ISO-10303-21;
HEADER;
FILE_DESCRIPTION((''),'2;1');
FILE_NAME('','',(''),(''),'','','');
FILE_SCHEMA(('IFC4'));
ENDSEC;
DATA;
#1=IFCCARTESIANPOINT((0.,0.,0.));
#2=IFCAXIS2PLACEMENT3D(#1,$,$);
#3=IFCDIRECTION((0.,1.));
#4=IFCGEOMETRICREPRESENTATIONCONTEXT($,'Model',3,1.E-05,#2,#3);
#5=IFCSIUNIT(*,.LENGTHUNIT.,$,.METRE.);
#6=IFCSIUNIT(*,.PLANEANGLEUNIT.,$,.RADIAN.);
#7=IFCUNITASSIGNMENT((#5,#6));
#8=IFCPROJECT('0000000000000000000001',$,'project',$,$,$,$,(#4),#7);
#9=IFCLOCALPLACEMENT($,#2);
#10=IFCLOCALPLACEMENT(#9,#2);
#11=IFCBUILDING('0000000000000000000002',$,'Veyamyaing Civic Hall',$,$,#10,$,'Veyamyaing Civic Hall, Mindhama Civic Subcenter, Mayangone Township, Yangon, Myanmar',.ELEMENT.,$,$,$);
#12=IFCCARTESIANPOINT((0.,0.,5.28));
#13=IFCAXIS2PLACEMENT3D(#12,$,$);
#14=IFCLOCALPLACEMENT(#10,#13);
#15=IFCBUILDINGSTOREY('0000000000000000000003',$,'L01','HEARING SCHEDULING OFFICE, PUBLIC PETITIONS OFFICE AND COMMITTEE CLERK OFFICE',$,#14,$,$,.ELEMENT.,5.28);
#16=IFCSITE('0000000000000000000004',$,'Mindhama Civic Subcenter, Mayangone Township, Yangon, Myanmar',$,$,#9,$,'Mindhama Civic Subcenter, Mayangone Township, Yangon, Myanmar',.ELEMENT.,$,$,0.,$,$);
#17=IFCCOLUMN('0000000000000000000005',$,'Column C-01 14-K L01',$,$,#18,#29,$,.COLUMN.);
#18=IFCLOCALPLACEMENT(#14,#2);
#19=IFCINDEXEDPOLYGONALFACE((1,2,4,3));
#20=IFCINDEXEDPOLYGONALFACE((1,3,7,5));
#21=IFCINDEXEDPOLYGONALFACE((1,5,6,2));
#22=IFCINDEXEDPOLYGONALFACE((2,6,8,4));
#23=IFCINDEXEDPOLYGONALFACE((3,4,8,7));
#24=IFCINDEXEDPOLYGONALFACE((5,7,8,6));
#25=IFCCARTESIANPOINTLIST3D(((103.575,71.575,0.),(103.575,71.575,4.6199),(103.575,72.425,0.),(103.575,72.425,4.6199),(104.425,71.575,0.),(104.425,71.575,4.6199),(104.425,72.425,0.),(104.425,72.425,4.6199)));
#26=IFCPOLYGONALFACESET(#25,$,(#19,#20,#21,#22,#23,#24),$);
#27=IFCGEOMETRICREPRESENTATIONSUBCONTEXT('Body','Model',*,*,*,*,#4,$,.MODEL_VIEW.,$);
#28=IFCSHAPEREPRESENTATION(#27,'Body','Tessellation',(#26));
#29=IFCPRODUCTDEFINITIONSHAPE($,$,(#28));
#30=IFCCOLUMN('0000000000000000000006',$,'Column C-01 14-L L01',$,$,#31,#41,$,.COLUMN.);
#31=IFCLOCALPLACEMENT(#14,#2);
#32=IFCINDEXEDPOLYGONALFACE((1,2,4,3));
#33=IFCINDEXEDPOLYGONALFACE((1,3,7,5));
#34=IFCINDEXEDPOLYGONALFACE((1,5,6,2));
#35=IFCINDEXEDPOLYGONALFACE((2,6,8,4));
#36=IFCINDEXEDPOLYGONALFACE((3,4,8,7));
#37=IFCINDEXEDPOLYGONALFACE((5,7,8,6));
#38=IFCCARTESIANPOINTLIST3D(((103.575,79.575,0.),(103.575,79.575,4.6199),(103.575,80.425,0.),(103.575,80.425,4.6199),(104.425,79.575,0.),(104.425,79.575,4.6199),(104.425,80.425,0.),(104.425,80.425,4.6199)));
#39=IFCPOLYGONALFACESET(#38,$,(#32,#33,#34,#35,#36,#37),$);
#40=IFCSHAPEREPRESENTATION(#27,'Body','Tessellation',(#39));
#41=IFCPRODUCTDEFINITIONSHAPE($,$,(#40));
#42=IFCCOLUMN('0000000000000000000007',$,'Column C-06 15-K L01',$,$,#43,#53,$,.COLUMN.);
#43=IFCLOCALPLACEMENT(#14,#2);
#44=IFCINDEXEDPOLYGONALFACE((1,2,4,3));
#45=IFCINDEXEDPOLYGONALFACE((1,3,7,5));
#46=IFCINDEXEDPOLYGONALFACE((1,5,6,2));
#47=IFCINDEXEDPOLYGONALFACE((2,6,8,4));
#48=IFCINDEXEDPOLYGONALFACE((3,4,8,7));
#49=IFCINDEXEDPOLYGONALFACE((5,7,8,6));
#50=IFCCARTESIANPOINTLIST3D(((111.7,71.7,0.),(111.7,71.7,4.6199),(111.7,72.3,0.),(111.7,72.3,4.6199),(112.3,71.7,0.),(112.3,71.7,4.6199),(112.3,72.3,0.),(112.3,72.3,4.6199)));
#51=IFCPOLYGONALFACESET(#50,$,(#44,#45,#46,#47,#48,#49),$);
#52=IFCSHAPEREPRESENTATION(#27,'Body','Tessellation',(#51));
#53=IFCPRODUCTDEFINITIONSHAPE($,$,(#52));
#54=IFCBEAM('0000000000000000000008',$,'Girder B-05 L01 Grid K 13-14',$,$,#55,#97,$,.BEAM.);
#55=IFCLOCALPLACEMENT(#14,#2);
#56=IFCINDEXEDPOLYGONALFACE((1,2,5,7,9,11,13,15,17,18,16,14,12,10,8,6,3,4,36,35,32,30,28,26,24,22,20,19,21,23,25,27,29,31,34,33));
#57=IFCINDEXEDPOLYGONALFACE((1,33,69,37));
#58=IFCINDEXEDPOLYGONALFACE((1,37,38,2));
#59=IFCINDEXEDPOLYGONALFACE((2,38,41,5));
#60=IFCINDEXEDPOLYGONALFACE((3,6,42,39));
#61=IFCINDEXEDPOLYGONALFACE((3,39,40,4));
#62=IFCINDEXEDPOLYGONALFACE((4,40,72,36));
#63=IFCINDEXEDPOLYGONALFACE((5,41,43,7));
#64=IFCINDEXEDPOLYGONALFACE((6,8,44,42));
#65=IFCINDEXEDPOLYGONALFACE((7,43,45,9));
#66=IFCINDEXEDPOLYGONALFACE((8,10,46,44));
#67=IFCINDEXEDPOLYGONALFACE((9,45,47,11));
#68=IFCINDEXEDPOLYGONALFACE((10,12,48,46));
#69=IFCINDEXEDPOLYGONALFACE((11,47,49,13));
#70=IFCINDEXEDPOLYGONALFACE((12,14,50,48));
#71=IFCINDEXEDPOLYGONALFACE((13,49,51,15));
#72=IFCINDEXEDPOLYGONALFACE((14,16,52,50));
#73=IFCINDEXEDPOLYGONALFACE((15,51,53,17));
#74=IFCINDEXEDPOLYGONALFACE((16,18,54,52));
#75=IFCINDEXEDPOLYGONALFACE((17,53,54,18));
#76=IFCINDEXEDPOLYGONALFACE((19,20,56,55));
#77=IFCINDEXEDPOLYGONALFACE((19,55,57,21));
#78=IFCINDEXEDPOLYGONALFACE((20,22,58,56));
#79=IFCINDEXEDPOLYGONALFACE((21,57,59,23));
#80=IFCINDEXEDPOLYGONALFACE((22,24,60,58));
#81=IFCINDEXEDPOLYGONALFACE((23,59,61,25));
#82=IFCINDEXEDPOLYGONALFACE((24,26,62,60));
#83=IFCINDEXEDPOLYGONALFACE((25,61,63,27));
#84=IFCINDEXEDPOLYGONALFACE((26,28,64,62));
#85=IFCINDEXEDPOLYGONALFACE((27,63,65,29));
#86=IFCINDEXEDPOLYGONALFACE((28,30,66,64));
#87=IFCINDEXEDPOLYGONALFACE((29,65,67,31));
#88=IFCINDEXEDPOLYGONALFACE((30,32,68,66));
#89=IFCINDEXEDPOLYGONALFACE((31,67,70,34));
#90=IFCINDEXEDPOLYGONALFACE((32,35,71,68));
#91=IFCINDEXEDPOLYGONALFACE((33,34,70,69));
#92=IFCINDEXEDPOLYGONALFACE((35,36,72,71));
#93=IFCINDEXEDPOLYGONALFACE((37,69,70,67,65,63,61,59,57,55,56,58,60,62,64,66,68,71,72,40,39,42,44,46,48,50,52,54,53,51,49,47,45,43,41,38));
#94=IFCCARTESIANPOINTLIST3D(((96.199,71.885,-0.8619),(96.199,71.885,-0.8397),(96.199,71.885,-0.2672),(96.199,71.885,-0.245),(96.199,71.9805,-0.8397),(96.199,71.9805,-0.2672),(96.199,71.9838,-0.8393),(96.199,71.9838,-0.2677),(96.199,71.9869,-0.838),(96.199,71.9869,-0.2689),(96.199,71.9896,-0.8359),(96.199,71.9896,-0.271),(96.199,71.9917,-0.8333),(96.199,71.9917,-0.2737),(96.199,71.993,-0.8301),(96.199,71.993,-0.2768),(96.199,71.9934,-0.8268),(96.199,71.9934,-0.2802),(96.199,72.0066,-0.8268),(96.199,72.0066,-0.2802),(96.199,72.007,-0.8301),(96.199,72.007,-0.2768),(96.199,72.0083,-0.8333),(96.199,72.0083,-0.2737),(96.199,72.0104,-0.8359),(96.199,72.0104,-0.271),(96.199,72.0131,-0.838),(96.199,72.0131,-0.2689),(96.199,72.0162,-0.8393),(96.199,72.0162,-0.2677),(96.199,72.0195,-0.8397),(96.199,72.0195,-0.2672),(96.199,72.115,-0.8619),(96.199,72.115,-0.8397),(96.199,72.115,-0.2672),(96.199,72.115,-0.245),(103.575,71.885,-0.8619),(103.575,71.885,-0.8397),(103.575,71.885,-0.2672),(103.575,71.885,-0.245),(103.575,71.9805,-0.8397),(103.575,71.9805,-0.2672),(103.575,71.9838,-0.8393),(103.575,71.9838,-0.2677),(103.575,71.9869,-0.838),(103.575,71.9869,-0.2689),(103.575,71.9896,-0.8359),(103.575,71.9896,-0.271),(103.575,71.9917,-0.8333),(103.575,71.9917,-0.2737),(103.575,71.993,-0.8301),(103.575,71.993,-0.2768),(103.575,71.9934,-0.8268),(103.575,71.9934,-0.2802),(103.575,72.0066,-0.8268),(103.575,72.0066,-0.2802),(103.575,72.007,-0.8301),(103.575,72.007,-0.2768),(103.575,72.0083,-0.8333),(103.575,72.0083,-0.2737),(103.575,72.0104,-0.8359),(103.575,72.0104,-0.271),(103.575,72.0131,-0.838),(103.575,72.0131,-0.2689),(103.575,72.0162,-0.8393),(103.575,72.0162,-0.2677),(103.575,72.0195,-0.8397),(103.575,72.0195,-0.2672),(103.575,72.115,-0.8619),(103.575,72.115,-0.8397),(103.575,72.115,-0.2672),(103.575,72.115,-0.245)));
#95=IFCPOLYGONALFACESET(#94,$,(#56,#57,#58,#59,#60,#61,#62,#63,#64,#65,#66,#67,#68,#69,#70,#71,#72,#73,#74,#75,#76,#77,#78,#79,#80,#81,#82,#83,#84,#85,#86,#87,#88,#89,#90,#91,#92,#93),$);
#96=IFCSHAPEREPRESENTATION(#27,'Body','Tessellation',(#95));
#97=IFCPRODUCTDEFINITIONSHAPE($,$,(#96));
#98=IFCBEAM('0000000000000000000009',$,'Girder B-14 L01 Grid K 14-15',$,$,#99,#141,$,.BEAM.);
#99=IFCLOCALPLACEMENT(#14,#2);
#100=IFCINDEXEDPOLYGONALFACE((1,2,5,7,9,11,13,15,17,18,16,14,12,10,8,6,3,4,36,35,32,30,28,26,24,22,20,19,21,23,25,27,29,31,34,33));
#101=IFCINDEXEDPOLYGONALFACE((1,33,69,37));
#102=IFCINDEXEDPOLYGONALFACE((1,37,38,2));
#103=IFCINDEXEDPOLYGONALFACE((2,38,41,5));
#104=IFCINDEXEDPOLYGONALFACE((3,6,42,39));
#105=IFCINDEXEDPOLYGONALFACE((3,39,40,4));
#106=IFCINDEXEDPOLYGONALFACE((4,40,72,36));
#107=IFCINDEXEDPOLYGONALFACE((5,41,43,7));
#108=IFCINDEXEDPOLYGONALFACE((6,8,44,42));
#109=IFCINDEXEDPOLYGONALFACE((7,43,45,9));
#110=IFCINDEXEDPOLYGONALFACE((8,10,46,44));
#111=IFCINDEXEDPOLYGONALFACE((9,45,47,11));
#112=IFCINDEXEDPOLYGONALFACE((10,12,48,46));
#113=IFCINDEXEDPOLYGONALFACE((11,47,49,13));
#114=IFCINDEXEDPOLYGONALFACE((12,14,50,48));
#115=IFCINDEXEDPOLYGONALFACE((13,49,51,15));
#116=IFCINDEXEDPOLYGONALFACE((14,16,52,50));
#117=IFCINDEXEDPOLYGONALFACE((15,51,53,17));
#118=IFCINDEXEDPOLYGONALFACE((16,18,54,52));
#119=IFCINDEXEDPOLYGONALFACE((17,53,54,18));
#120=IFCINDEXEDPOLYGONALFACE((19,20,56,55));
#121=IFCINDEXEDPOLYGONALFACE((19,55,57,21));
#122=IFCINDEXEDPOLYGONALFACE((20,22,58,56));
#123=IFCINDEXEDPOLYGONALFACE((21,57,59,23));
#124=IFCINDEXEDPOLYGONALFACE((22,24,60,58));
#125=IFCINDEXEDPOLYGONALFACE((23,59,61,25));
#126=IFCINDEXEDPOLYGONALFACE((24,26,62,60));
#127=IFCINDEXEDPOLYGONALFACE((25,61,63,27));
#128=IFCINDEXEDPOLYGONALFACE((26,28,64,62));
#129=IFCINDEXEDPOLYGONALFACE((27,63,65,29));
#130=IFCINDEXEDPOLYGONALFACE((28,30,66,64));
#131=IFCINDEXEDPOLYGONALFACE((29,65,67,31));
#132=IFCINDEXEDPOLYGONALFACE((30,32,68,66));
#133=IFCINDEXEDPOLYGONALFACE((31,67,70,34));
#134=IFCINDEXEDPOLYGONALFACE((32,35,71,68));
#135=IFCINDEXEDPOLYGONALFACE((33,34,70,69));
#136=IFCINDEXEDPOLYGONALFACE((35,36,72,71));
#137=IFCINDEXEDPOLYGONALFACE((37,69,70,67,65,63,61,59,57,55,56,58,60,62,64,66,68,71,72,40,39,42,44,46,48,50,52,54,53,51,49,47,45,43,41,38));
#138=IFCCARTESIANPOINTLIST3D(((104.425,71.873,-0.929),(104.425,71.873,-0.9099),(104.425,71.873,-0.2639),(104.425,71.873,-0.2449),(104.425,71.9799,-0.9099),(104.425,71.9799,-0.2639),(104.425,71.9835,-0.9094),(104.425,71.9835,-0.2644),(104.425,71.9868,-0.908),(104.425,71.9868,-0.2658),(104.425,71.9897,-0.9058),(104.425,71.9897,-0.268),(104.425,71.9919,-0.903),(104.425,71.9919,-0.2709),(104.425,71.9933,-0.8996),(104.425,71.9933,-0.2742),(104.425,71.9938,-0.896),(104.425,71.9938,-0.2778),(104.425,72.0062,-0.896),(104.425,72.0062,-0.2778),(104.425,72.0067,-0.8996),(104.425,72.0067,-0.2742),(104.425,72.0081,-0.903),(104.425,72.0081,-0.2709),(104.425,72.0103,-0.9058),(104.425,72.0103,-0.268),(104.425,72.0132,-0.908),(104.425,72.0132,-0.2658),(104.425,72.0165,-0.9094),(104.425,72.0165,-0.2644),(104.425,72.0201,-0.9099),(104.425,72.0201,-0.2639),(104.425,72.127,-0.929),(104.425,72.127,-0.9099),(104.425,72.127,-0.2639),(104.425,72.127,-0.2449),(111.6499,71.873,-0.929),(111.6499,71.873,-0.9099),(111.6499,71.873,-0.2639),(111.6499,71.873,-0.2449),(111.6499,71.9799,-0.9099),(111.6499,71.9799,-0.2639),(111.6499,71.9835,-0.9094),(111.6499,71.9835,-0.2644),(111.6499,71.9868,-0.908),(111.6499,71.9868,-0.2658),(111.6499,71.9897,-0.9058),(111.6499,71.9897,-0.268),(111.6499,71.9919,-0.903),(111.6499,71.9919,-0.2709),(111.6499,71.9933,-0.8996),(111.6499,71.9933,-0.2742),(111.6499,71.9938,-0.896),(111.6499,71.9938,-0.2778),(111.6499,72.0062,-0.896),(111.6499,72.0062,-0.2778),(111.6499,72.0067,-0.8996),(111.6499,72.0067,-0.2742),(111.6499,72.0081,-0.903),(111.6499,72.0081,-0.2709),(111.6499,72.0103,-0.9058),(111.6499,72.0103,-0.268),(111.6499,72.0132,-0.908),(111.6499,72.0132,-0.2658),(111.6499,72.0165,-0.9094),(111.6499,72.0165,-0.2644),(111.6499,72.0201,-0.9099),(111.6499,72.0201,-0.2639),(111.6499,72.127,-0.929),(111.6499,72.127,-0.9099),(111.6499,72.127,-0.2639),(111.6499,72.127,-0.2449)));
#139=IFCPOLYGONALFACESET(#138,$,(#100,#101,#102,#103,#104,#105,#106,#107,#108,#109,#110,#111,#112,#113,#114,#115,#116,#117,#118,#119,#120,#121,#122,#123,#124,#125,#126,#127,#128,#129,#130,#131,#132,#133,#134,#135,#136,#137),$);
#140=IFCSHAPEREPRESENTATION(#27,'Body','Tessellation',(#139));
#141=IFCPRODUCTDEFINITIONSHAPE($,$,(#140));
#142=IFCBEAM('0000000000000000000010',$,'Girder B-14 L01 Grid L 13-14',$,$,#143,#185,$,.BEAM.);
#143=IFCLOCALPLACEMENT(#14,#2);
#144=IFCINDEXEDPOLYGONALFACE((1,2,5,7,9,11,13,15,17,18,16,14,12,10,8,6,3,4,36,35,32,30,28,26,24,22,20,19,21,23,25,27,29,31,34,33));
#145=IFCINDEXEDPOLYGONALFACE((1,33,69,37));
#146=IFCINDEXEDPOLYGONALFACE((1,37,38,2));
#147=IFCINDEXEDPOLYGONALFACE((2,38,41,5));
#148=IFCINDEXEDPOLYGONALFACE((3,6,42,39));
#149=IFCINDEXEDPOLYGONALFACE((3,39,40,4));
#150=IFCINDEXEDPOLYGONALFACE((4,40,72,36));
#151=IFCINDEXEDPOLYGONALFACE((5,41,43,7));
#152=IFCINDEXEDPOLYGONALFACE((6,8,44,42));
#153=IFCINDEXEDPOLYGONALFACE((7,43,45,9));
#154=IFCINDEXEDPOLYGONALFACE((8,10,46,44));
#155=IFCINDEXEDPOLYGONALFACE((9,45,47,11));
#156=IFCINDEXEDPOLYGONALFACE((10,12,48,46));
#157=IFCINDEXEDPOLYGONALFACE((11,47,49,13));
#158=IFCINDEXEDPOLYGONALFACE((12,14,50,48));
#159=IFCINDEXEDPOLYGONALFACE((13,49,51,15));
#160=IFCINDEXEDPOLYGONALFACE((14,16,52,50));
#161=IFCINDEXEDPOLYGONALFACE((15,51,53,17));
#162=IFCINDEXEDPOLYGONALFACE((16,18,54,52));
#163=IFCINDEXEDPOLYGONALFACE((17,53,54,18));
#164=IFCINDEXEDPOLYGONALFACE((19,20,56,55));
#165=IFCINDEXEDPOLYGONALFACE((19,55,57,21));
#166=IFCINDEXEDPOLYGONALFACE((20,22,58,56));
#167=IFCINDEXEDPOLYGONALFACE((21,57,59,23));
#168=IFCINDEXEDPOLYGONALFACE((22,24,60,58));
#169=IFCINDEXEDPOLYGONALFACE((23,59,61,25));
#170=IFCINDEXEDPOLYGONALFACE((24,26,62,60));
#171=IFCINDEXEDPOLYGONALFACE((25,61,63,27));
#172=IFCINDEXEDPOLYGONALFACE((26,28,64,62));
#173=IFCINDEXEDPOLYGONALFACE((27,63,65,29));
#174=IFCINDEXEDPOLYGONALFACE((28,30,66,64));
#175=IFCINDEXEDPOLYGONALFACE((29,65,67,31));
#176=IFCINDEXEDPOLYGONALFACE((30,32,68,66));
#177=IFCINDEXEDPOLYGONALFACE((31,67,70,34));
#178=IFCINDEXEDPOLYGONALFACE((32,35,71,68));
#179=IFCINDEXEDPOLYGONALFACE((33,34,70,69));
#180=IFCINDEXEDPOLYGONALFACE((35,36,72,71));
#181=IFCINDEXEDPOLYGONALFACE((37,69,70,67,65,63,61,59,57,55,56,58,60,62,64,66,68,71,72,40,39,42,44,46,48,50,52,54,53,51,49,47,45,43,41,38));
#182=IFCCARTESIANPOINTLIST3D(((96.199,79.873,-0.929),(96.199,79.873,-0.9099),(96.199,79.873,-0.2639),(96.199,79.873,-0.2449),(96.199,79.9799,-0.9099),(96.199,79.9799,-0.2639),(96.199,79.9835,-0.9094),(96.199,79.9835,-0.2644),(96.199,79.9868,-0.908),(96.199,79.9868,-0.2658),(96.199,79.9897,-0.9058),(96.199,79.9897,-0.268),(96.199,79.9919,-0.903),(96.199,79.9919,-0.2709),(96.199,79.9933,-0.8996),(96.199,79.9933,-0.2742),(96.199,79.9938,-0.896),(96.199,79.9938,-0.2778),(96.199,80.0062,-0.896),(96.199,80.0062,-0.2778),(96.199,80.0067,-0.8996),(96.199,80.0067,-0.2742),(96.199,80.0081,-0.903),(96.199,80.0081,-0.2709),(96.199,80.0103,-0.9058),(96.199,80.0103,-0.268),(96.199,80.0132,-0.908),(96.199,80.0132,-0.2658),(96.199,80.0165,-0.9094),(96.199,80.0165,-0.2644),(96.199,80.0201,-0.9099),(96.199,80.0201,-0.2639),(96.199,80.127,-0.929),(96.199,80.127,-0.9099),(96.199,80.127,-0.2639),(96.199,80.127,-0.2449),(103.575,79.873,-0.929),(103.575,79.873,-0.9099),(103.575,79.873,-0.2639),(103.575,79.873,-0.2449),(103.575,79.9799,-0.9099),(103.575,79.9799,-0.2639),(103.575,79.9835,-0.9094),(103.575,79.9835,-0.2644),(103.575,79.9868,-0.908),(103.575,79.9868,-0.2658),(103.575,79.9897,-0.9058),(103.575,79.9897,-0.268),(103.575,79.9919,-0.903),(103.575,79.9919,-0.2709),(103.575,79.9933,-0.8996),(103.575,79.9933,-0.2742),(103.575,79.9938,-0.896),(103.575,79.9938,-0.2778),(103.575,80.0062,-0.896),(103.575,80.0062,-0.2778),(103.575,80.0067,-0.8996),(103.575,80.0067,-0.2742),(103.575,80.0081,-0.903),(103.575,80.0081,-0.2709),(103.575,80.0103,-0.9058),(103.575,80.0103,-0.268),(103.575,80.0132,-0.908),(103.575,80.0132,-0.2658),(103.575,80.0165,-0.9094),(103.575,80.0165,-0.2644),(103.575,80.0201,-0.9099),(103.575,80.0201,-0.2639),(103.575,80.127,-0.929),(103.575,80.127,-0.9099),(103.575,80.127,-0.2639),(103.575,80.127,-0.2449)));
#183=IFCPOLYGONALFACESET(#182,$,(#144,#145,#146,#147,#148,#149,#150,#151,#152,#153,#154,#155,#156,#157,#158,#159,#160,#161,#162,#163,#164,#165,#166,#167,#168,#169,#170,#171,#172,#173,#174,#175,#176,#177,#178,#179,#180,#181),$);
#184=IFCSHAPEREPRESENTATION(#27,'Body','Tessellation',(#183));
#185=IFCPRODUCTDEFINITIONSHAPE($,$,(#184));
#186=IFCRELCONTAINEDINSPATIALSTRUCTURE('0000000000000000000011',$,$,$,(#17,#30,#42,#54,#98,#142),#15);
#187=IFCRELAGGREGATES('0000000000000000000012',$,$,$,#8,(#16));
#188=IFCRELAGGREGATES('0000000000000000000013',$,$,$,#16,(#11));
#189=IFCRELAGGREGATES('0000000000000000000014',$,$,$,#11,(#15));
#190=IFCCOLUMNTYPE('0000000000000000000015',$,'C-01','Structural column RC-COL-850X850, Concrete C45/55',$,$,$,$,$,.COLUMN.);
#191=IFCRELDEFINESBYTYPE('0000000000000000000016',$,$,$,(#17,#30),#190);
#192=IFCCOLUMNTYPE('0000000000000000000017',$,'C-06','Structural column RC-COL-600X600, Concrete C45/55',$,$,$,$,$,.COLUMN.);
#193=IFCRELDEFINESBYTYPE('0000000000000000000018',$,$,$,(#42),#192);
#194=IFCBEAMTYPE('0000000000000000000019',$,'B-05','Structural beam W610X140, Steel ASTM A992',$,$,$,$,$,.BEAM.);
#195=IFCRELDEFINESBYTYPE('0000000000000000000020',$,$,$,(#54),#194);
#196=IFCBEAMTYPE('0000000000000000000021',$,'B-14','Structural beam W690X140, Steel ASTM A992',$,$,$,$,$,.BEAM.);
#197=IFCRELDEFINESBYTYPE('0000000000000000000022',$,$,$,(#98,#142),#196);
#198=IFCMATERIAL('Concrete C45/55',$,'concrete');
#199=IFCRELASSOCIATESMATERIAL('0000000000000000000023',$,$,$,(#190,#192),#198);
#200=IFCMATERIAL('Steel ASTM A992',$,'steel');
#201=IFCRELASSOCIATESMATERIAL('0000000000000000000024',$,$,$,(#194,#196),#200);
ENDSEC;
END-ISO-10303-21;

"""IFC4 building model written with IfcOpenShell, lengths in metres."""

from ifc_helpers import new_model, si_unit, direction, frame, origin, origin_2d, place, context, subcontext, project, spatial, rectangle, i_section, extrude, material, material_profile, profile_set, type_object, element, save


model = new_model("IFC4")

# Units and contexts
model_context = context("Model", 3, precision=1e-05, world=origin(), true_north=direction((0.0, 1.0)))
body_context = subcontext(model_context, "Body", "Model", "MODEL_VIEW")
ifc_project = project(units=[si_unit("LENGTHUNIT", "METRE"), si_unit("PLANEANGLEUNIT", "RADIAN")], contexts=[model_context])

# Site, building, storey
site_placement = place(None, origin())
site = spatial("IfcSite", under=ifc_project, at=site_placement, Name="Mindhama Civic Subcenter, Mayangone Township, Yangon, Myanmar", LongName="Mindhama Civic Subcenter, Mayangone Township, Yangon, Myanmar", CompositionType="ELEMENT", RefElevation=0.0)
building_placement = place(site_placement, origin())
building = spatial("IfcBuilding", under=site, at=building_placement, Name="Veyamyaing Civic Hall", LongName="Veyamyaing Civic Hall, Mindhama Civic Subcenter, Mayangone Township, Yangon, Myanmar", CompositionType="ELEMENT")
storey_placement = place(building_placement, frame((0.0, 0.0, 5.28)))
storey = spatial("IfcBuildingStorey", under=building, at=storey_placement, Name="L01", Description="HEARING SCHEDULING OFFICE, PUBLIC PETITIONS OFFICE AND COMMITTEE CLERK OFFICE", CompositionType="ELEMENT", Elevation=5.28)

# Columns
ifc_material_1 = material(Name="Concrete C45/55", Category="concrete")
ifc_material_profile_1 = material_profile(ifc_material_1, rectangle(XDim=0.8501, YDim=0.8501, at=origin_2d()), Name="RC-COL-850X850")
ifc_profile_set_1 = profile_set([ifc_material_profile_1], Name="Concrete C45/55")
column_type_1 = type_object("IfcColumnType", Name="C-01", Description="Structural column RC-COL-850X850, Concrete C45/55", PredefinedType="COLUMN", material=ifc_profile_set_1)
for number, where, z_axis, x_axis, name in (
    (1, (104.0, 72.0, 0.0), (0.0, 0.0, 1.0), (1.0, 0.0, 0.0), "Column C-01 14-K L01"),
    (2, (104.0, 80.0, 0.0), (0.0, 0.0, 1.0), (1.0, 0.0, 0.0), "Column C-01 14-L L01"),
):
    element("IfcColumn", number, at=place(storey_placement, frame(where, z_axis=z_axis, x_axis=x_axis)), inside=storey, type_object=column_type_1, Name=name, PredefinedType="COLUMN", context=body_context, shape_type="SweptSolid", body=[
        extrude(rectangle(XDim=0.8501, YDim=0.8501, at=origin_2d()), origin(), (0.0, 0.0, 1.0), 4.6199),
    ])
ifc_material_profile_2 = material_profile(ifc_material_1, rectangle(XDim=0.6001, YDim=0.6001, at=origin_2d()), Name="RC-COL-600X600")
ifc_profile_set_2 = profile_set([ifc_material_profile_2], Name="Concrete C45/55")
column_type_2 = type_object("IfcColumnType", Name="C-06", Description="Structural column RC-COL-600X600, Concrete C45/55", PredefinedType="COLUMN", material=ifc_profile_set_2)
column_placement = place(storey_placement, frame((112.0, 72.0, 0.0), z_axis=(0.0, 0.0, 1.0), x_axis=(1.0, 0.0, 0.0)))
element("IfcColumn", 3, at=column_placement, inside=storey, type_object=column_type_2, Name="Column C-06 15-K L01", PredefinedType="COLUMN", context=body_context, shape_type="SweptSolid", body=[
    extrude(rectangle(XDim=0.6001, YDim=0.6001, at=origin_2d()), origin(), (0.0, 0.0, 1.0), 4.6199),
])

# Beams
ifc_material_2 = material(Name="Steel ASTM A992", Category="steel")
ifc_material_profile_3 = material_profile(ifc_material_2, i_section(OverallWidth=0.23, OverallDepth=0.6169, WebThickness=0.0132, FlangeThickness=0.0222, FilletRadius=0.0129, at=origin_2d()), Name="W610X140")
ifc_profile_set_3 = profile_set([ifc_material_profile_3], Name="Steel ASTM A992")
beam_type_1 = type_object("IfcBeamType", Name="B-05", Description="Structural beam W610X140, Steel ASTM A992", PredefinedType="BEAM", material=ifc_profile_set_3)
beam_1_placement = place(storey_placement, frame((96.199, 72.0, -0.5535), z_axis=(1.0, 0.0, 0.0), x_axis=(0.0, 1.0, 0.0)))
element("IfcBeam", 4, at=beam_1_placement, inside=storey, type_object=beam_type_1, Name="Girder B-05 L01 Grid K 13-14", PredefinedType="BEAM", context=body_context, shape_type="SweptSolid", body=[
    extrude(i_section(OverallWidth=0.23, OverallDepth=0.6169, WebThickness=0.0132, FlangeThickness=0.0222, FilletRadius=0.0129, at=origin_2d()), origin(), (0.0, 0.0, 1.0), 7.376),
])
ifc_material_profile_4 = material_profile(ifc_material_2, i_section(OverallWidth=0.2539, OverallDepth=0.6841, WebThickness=0.0125, FlangeThickness=0.019, FilletRadius=0.0139, at=origin_2d()), Name="W690X140")
ifc_profile_set_4 = profile_set([ifc_material_profile_4], Name="Steel ASTM A992")
beam_type_2 = type_object("IfcBeamType", Name="B-14", Description="Structural beam W690X140, Steel ASTM A992", PredefinedType="BEAM", material=ifc_profile_set_4)
beam_2_placement = place(storey_placement, frame((104.425, 72.0, -0.5869), z_axis=(1.0, 0.0, 0.0), x_axis=(0.0, 1.0, 0.0)))
element("IfcBeam", 5, at=beam_2_placement, inside=storey, type_object=beam_type_2, Name="Girder B-14 L01 Grid K 14-15", PredefinedType="BEAM", context=body_context, shape_type="SweptSolid", body=[
    extrude(i_section(OverallWidth=0.2539, OverallDepth=0.6841, WebThickness=0.0125, FlangeThickness=0.019, FilletRadius=0.0139, at=origin_2d()), origin(), (0.0, 0.0, 1.0), 7.2249),
])
beam_3_placement = place(storey_placement, frame((96.199, 80.0, -0.5869), z_axis=(1.0, 0.0, 0.0), x_axis=(0.0, 1.0, 0.0)))
element("IfcBeam", 6, at=beam_3_placement, inside=storey, type_object=beam_type_2, Name="Girder B-14 L01 Grid L 13-14", PredefinedType="BEAM", context=body_context, shape_type="SweptSolid", body=[
    extrude(i_section(OverallWidth=0.2539, OverallDepth=0.6841, WebThickness=0.0125, FlangeThickness=0.019, FilletRadius=0.0139, at=origin_2d()), origin(), (0.0, 0.0, 1.0), 7.376),
])

save(model, "model.ifc")
